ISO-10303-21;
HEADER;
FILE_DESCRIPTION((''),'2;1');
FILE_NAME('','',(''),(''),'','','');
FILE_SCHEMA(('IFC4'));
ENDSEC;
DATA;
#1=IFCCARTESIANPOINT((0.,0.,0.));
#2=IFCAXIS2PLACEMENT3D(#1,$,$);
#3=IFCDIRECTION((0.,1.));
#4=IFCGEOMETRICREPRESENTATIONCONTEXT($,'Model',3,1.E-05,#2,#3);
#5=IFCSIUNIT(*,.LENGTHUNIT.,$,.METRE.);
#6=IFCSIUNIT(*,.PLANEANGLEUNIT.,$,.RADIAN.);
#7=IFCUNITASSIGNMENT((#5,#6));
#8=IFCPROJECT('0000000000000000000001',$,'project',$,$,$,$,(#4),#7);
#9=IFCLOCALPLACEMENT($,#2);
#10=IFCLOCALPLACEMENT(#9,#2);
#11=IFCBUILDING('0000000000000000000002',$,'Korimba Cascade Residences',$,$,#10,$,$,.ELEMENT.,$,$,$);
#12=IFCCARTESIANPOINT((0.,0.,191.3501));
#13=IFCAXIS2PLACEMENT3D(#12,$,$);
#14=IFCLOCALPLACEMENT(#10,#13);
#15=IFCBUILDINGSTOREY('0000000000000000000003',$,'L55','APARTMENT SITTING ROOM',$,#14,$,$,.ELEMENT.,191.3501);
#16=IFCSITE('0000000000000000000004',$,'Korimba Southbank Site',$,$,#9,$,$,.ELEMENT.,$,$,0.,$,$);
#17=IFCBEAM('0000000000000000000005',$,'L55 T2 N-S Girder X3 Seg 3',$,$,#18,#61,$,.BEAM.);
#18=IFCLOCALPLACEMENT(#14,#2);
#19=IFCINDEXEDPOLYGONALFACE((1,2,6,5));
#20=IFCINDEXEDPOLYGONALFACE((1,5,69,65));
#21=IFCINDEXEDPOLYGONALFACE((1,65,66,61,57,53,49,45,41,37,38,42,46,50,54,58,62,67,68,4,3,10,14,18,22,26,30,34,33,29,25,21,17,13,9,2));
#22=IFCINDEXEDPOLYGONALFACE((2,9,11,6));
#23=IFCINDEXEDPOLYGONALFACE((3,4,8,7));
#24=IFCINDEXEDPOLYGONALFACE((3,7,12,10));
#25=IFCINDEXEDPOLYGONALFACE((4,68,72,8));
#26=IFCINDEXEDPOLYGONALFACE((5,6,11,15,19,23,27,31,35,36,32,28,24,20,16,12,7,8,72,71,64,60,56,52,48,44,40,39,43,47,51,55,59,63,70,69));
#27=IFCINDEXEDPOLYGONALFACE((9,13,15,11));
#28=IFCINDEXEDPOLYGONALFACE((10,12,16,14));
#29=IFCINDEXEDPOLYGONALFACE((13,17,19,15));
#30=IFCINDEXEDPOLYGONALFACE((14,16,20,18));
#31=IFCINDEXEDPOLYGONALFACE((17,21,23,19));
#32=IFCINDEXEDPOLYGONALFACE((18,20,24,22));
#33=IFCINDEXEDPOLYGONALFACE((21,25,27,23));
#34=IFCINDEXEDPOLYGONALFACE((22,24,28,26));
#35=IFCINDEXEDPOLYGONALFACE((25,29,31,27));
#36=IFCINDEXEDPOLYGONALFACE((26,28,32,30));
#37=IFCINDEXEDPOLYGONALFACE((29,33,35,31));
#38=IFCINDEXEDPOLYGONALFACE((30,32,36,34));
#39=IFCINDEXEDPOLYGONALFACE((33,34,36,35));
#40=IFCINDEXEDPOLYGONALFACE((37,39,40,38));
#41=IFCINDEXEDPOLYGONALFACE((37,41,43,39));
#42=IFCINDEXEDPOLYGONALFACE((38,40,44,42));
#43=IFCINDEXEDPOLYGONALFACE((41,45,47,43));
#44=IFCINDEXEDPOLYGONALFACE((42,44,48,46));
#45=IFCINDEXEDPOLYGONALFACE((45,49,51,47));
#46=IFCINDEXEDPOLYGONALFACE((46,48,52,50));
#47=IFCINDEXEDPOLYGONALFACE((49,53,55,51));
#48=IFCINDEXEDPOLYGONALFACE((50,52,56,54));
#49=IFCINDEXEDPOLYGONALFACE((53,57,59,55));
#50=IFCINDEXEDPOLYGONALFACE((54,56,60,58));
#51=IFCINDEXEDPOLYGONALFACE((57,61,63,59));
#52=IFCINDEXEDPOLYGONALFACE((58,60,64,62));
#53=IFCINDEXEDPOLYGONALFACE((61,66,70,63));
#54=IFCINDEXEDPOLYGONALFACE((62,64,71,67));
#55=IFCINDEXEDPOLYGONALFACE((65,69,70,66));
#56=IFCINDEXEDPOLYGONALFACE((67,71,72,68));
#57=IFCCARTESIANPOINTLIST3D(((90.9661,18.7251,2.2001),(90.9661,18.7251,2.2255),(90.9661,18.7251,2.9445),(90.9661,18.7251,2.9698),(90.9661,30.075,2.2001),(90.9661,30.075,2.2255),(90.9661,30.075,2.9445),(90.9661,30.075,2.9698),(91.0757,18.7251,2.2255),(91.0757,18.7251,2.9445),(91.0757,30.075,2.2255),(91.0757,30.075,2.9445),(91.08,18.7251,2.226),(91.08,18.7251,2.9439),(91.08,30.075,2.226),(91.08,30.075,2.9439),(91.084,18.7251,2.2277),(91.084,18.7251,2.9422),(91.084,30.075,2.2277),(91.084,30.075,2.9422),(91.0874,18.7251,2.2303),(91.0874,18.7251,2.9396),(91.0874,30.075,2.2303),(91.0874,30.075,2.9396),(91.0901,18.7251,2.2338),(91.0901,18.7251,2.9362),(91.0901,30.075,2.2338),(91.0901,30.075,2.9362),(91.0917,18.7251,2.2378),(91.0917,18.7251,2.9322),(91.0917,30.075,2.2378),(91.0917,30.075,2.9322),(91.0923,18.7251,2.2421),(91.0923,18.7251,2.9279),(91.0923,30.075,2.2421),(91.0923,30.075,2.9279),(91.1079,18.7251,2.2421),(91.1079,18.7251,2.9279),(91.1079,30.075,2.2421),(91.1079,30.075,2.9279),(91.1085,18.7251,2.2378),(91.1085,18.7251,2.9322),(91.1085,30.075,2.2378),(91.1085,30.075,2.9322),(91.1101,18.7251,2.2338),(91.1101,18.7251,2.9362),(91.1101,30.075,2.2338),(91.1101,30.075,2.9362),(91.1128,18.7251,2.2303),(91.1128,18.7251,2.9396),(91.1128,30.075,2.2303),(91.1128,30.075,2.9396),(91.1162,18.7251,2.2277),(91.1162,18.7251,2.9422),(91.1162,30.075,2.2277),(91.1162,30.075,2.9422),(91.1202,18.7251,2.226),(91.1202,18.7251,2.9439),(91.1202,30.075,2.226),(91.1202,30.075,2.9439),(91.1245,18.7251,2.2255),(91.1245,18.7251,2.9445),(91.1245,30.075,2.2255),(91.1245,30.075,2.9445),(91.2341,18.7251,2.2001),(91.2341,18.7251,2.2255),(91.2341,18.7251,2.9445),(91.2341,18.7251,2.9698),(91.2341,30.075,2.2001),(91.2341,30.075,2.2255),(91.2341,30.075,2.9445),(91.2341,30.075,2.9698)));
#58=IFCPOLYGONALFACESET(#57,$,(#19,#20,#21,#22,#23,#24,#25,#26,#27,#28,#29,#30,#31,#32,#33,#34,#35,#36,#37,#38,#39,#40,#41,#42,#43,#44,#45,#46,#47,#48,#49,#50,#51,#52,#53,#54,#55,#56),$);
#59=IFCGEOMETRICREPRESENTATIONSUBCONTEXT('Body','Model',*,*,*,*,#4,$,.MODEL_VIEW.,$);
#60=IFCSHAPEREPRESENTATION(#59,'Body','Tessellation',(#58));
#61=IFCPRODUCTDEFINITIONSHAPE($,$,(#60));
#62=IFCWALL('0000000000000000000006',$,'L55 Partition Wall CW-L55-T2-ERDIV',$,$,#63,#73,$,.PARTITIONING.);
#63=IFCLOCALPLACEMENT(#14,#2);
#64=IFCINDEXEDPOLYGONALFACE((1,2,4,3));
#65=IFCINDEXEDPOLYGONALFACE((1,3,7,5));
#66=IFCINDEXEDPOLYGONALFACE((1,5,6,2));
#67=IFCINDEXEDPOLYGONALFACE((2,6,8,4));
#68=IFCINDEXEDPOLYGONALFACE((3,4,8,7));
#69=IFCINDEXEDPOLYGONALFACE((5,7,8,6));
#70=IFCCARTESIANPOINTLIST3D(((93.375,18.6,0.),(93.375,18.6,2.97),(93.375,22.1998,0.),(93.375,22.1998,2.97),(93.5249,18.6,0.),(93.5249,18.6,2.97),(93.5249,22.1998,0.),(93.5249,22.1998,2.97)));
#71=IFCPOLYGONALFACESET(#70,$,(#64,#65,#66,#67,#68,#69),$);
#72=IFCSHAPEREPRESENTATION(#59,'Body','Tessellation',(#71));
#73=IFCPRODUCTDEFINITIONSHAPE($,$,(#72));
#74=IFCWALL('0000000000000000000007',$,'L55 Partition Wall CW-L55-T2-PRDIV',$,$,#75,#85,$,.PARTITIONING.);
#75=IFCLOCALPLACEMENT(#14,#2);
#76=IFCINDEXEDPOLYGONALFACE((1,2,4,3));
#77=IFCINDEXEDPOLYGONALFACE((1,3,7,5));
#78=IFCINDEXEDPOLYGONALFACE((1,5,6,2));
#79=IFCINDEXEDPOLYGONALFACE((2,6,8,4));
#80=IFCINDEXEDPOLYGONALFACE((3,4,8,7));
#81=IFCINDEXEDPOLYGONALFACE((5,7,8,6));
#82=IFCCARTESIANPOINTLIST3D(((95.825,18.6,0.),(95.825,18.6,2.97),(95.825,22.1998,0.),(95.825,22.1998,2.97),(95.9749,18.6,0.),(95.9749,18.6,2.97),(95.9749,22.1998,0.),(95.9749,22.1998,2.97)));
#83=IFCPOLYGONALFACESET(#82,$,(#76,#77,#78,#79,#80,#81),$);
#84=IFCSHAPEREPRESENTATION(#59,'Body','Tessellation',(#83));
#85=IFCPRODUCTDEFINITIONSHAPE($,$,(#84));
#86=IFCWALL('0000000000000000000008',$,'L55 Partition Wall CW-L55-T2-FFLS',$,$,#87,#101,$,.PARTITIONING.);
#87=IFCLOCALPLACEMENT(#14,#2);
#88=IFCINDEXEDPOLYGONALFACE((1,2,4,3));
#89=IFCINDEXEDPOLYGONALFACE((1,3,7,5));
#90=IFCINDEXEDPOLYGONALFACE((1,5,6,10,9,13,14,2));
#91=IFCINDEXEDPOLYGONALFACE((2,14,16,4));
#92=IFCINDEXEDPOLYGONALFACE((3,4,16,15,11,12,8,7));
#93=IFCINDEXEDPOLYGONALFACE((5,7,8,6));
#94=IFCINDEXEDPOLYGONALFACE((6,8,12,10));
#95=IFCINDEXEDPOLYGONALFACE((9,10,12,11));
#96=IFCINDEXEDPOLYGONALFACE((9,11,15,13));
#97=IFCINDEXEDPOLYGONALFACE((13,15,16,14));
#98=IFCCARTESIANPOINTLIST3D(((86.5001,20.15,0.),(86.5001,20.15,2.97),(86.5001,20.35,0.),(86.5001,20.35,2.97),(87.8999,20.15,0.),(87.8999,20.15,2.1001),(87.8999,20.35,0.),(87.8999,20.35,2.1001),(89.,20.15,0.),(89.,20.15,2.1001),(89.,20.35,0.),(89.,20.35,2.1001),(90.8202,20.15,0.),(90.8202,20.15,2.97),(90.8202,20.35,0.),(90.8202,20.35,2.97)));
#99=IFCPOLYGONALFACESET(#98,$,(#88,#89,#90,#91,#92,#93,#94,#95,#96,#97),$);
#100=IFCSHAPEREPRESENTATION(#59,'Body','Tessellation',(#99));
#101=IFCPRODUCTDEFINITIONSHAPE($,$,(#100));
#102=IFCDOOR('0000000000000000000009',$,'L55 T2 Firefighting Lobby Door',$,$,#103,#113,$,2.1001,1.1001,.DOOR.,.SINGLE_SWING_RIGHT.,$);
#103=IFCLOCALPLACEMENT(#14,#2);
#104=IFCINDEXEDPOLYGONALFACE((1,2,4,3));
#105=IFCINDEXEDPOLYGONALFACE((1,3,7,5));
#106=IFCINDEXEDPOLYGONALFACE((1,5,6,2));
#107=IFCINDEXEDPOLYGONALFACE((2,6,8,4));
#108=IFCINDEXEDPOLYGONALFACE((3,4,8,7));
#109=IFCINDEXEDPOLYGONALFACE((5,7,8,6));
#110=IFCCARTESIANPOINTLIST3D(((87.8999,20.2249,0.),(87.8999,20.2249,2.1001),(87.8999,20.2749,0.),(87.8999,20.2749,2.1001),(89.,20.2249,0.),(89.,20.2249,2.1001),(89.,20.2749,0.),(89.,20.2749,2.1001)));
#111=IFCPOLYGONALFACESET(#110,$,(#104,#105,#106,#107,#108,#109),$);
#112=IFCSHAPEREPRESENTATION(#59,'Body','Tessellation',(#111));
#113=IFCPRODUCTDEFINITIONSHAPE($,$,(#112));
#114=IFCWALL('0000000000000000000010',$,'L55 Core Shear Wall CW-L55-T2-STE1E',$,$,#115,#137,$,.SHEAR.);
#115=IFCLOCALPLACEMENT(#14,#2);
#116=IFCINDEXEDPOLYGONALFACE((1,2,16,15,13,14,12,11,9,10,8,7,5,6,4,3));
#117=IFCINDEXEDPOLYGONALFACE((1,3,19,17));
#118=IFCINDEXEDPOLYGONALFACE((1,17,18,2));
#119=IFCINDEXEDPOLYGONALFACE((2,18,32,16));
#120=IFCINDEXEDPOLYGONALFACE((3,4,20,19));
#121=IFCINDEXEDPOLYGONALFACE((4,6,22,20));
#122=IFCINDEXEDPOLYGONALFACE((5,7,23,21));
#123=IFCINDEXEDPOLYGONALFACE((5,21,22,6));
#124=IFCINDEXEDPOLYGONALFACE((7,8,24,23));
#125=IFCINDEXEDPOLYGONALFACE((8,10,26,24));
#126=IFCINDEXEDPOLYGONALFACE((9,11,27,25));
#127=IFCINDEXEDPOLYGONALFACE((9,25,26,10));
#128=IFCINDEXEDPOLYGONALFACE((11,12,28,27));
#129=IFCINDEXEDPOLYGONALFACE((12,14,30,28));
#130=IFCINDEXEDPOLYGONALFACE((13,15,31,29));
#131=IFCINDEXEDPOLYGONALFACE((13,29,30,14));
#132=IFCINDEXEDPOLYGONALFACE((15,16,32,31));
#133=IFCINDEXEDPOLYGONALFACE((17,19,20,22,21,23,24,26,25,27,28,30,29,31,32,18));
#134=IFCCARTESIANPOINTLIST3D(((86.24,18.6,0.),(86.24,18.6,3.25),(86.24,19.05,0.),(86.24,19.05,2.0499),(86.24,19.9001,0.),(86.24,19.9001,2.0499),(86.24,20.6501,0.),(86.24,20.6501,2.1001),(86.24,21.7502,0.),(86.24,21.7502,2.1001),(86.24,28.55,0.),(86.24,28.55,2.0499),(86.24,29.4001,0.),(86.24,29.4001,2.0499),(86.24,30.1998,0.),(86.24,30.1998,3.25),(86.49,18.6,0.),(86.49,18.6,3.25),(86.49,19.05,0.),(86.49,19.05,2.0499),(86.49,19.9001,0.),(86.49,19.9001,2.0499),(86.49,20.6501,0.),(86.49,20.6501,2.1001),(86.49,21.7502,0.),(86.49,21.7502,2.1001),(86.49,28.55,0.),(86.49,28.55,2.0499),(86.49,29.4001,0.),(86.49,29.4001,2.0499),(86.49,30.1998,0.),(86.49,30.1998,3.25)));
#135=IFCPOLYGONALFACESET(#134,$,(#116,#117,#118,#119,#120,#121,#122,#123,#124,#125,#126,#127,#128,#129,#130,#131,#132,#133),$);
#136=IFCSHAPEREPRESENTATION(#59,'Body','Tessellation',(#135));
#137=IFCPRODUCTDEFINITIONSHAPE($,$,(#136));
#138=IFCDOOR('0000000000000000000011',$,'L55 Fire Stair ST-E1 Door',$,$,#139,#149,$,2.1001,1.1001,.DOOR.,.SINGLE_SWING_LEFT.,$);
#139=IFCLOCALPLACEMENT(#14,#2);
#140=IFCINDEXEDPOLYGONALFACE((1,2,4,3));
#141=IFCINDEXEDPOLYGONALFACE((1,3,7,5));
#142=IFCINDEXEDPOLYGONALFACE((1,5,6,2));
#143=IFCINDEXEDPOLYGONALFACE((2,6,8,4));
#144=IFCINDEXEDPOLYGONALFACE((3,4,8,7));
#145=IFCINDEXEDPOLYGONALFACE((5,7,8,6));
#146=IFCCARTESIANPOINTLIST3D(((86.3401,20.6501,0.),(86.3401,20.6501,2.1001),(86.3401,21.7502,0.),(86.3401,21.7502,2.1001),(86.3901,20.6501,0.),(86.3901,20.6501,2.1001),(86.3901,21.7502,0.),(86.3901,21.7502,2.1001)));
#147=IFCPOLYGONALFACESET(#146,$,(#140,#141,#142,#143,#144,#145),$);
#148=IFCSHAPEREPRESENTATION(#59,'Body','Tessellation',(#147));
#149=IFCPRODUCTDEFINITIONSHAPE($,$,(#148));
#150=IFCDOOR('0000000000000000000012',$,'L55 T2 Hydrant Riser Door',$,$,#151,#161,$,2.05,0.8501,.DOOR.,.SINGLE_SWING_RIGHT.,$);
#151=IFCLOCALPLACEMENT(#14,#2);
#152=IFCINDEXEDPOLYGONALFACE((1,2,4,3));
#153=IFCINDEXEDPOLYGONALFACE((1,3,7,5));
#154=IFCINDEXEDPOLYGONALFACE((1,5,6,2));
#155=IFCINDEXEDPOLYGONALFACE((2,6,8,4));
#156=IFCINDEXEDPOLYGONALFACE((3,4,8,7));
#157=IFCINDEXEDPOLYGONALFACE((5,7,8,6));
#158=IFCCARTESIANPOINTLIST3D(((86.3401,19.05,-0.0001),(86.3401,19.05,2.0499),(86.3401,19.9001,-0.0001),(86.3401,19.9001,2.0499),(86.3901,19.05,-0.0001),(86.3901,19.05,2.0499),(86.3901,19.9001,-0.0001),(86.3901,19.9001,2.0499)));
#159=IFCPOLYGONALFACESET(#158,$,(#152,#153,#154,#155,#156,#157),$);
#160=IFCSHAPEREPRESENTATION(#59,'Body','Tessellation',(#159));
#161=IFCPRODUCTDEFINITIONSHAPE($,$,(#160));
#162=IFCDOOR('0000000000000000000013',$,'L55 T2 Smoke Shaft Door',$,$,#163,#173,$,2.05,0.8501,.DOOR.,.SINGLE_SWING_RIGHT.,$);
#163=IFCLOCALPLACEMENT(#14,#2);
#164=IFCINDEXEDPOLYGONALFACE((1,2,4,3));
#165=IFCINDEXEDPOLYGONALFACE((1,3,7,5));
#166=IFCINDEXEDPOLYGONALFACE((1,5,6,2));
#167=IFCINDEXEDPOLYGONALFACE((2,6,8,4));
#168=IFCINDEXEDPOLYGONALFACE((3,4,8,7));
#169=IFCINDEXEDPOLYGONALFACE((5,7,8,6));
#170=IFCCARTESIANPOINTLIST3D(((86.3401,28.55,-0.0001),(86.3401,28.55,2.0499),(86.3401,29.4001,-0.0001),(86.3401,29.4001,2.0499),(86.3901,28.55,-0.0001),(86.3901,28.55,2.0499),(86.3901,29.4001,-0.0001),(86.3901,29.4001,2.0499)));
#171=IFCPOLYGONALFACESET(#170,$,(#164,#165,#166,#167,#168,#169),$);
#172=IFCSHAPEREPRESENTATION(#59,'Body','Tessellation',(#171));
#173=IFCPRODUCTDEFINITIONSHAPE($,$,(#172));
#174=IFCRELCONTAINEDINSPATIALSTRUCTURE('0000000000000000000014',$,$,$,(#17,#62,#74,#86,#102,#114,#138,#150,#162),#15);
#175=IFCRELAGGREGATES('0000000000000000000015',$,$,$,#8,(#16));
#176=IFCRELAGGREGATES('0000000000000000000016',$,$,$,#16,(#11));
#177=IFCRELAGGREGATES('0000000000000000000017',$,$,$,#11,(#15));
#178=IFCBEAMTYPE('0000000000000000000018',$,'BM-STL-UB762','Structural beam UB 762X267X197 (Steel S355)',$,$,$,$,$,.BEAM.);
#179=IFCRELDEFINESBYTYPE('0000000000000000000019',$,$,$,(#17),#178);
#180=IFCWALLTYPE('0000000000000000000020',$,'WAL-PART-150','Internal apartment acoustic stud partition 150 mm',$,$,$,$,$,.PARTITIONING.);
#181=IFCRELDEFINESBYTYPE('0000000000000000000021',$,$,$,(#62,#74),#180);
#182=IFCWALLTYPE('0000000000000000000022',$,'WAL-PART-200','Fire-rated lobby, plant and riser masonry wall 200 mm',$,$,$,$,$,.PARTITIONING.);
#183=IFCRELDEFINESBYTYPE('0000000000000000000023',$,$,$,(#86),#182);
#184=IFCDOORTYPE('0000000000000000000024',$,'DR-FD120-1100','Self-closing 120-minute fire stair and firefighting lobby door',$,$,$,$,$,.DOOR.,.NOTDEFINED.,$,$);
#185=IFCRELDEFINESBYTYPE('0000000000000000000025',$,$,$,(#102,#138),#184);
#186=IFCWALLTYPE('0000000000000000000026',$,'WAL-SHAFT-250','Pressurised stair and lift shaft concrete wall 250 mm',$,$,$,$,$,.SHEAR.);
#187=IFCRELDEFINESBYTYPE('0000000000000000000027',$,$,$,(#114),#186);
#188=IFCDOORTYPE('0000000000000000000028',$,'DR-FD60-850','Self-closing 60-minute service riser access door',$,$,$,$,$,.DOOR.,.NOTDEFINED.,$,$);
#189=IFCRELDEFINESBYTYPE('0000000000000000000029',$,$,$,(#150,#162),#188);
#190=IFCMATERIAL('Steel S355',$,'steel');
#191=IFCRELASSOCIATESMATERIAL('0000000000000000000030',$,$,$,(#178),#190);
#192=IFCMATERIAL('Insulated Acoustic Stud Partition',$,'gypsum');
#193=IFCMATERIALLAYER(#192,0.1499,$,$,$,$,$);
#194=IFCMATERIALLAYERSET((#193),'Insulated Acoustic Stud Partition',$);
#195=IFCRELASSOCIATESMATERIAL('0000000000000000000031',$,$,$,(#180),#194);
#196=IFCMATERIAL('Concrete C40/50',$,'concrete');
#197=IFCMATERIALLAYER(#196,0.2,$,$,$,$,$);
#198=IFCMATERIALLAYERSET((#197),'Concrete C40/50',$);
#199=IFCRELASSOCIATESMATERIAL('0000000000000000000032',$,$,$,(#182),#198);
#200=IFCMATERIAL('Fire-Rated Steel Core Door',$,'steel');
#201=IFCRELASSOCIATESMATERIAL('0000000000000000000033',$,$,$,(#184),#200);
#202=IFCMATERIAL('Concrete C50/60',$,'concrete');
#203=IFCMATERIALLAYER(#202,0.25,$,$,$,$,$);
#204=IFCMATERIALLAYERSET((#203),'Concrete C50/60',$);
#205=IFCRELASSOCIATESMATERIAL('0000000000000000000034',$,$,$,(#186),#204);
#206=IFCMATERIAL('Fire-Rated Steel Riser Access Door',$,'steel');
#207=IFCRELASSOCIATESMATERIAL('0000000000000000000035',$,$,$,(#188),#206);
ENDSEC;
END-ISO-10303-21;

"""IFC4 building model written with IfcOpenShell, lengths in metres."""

from ifc_helpers import new_model, si_unit, direction, frame, frame_2d, origin, origin_2d, place, context, subcontext, project, spatial, rectangle, i_section, extrude, material, layer, layer_set, material_profile, profile_set, type_object, element, fill, save


model = new_model("IFC4")

# Units and contexts
model_context = context("Model", 3, precision=1e-05, world=origin(), true_north=direction((0.0, 1.0)))
body_context = subcontext(model_context, "Body", "Model", "MODEL_VIEW")
ifc_project = project(units=[si_unit("LENGTHUNIT", "METRE"), si_unit("PLANEANGLEUNIT", "RADIAN")], contexts=[model_context])

# Site, building, storey
site_placement = place(None, origin())
site = spatial("IfcSite", under=ifc_project, at=site_placement, Name="Korimba Southbank Site", CompositionType="ELEMENT", RefElevation=0.0)
building_placement = place(site_placement, origin())
building = spatial("IfcBuilding", under=site, at=building_placement, Name="Korimba Cascade Residences", CompositionType="ELEMENT")
storey_placement = place(building_placement, frame((0.0, 0.0, 191.3501)))
storey = spatial("IfcBuildingStorey", under=building, at=storey_placement, Name="L55", Description="APARTMENT SITTING ROOM", CompositionType="ELEMENT", Elevation=191.3501)

# Beam
ifc_material_1 = material(Name="Steel S355", Category="steel")
ifc_material_profile = material_profile(ifc_material_1, i_section(OverallWidth=0.2681, OverallDepth=0.7698, WebThickness=0.0156, FlangeThickness=0.0254, FilletRadius=0.0166, at=origin_2d()), Name="Steel S355")
ifc_profile_set = profile_set([ifc_material_profile], Name="Steel S355")
beam_type = type_object("IfcBeamType", Name="BM-STL-UB762", Description="Structural beam UB 762X267X197 (Steel S355)", PredefinedType="BEAM", material=ifc_profile_set)
beam_placement = place(storey_placement, frame((91.1001, 18.7251, 2.585), z_axis=(0.0, 1.0, 0.0), x_axis=(-1.0, 0.0, 0.0)))
element("IfcBeam", 1, at=beam_placement, inside=storey, type_object=beam_type, Name="L55 T2 N-S Girder X3 Seg 3", PredefinedType="BEAM", context=body_context, shape_type="SweptSolid", body=[
    extrude(i_section(OverallWidth=0.2681, OverallDepth=0.7698, WebThickness=0.0156, FlangeThickness=0.0254, FilletRadius=0.0166, at=origin_2d()), origin(), (0.0, 0.0, 1.0), 11.3499),
])

# Walls
ifc_material_2 = material(Name="Insulated Acoustic Stud Partition", Category="gypsum")
ifc_layer_1 = layer(ifc_material_2, 0.1499)
ifc_layer_set_1 = layer_set([ifc_layer_1], Name="Insulated Acoustic Stud Partition")
wall_type_1 = type_object("IfcWallType", Name="WAL-PART-150", Description="Internal apartment acoustic stud partition 150 mm", PredefinedType="PARTITIONING", material=ifc_layer_set_1)
for number, where, z_axis, x_axis, name in (
    (2, (93.45, 18.6001, 0.0), (0.0, 0.0, 1.0), (0.0, 1.0, 0.0), "L55 Partition Wall CW-L55-T2-ERDIV"),
    (3, (95.8999, 18.6001, 0.0), (0.0, 0.0, 1.0), (0.0, 1.0, 0.0), "L55 Partition Wall CW-L55-T2-PRDIV"),
):
    element("IfcWall", number, at=place(storey_placement, frame(where, z_axis=z_axis, x_axis=x_axis)), inside=storey, type_object=wall_type_1, Name=name, PredefinedType="PARTITIONING", context=body_context, shape_type="SweptSolid", body=[
        extrude(rectangle(XDim=3.5999, YDim=0.1499, at=frame_2d((1.7998, 0.0))), origin(), (0.0, 0.0, 1.0), 2.97),
    ])

# Wall, opening, door
ifc_material_3 = material(Name="Concrete C40/50", Category="concrete")
ifc_layer_2 = layer(ifc_material_3, 0.2)
ifc_layer_set_2 = layer_set([ifc_layer_2], Name="Concrete C40/50")
wall_type_2 = type_object("IfcWallType", Name="WAL-PART-200", Description="Fire-rated lobby, plant and riser masonry wall 200 mm", PredefinedType="PARTITIONING", material=ifc_layer_set_2)
wall_1_placement = place(storey_placement, frame((86.5, 20.25, 0.0), z_axis=(0.0, 0.0, 1.0), x_axis=(1.0, 0.0, 0.0)))
wall_1 = element("IfcWall", 4, at=wall_1_placement, inside=storey, type_object=wall_type_2, Name="L55 Partition Wall CW-L55-T2-FFLS", PredefinedType="PARTITIONING", context=body_context, shape_type="SweptSolid", body=[
    extrude(rectangle(XDim=4.3201, YDim=0.2, at=frame_2d((2.1602, 0.0))), origin(), (0.0, 0.0, 1.0), 2.97),
])
opening_1_placement = place(wall_1_placement, frame((1.3999, 0.0, 0.0)))
opening_1 = element("IfcOpeningElement", 5, at=opening_1_placement, cuts=wall_1, PredefinedType="OPENING", context=body_context, shape_type="SweptSolid", body=[
    extrude(rectangle(XDim=1.1001, YDim=2.1001, at=frame_2d((0.55, 1.05))), frame((0.0, 0.1099, 0.0), z_axis=(0.0, -1.0, 0.0), x_axis=(1.0, 0.0, 0.0)), (0.0, 0.0, 1.0), 0.22),
])
ifc_material_4 = material(Name="Fire-Rated Steel Core Door", Category="steel")
door_type_1 = type_object("IfcDoorType", Name="DR-FD120-1100", Description="Self-closing 120-minute fire stair and firefighting lobby door", OperationType="NOTDEFINED", PredefinedType="DOOR", material=ifc_material_4)
door_1_placement = place(opening_1_placement, origin())
door_1 = element("IfcDoor", 6, at=door_1_placement, inside=storey, type_object=door_type_1, Name="L55 T2 Firefighting Lobby Door", OperationType="SINGLE_SWING_RIGHT", OverallHeight=2.1001, OverallWidth=1.1001, PredefinedType="DOOR", context=body_context, shape_type="SweptSolid", body=[
    extrude(rectangle(XDim=1.1001, YDim=2.1001, at=frame_2d((0.55, 1.05))), frame((0.0, 0.0249, 0.0), z_axis=(0.0, -1.0, 0.0), x_axis=(1.0, 0.0, 0.0)), (0.0, 0.0, 1.0), 0.05),
])
fill(opening_1, door_1)

# Wall, openings, doors
ifc_material_5 = material(Name="Concrete C50/60", Category="concrete")
ifc_layer_3 = layer(ifc_material_5, 0.25)
ifc_layer_set_3 = layer_set([ifc_layer_3], Name="Concrete C50/60")
wall_type_3 = type_object("IfcWallType", Name="WAL-SHAFT-250", Description="Pressurised stair and lift shaft concrete wall 250 mm", PredefinedType="SHEAR", material=ifc_layer_set_3)
wall_2_placement = place(storey_placement, frame((86.365, 18.6001, 0.0), z_axis=(0.0, 0.0, 1.0), x_axis=(0.0, 1.0, 0.0)))
wall_2 = element("IfcWall", 7, at=wall_2_placement, inside=storey, type_object=wall_type_3, Name="L55 Core Shear Wall CW-L55-T2-STE1E", PredefinedType="SHEAR", context=body_context, shape_type="SweptSolid", body=[
    extrude(rectangle(XDim=11.5999, YDim=0.25, at=frame_2d((5.7998, 0.0))), origin(), (0.0, 0.0, 1.0), 3.25),
])
opening_2_placement = place(wall_2_placement, frame((0.45, 0.0, 0.0)))
opening_2 = element("IfcOpeningElement", 8, at=opening_2_placement, cuts=wall_2, PredefinedType="OPENING", context=body_context, shape_type="SweptSolid", body=[
    extrude(rectangle(XDim=0.8501, YDim=2.05, at=frame_2d((0.425, 1.0249))), frame((0.0, 0.135, 0.0), z_axis=(0.0, -1.0, 0.0), x_axis=(1.0, 0.0, 0.0)), (0.0, 0.0, 1.0), 0.27),
])
opening_3_placement = place(wall_2_placement, frame((2.05, 0.0, 0.0)))
opening_3 = element("IfcOpeningElement", 9, at=opening_3_placement, cuts=wall_2, PredefinedType="OPENING", context=body_context, shape_type="SweptSolid", body=[
    extrude(rectangle(XDim=1.1001, YDim=2.1001, at=frame_2d((0.55, 1.05))), frame((0.0, 0.135, 0.0), z_axis=(0.0, -1.0, 0.0), x_axis=(1.0, 0.0, 0.0)), (0.0, 0.0, 1.0), 0.27),
])
opening_4_placement = place(wall_2_placement, frame((9.95, 0.0, 0.0)))
opening_4 = element("IfcOpeningElement", 10, at=opening_4_placement, cuts=wall_2, PredefinedType="OPENING", context=body_context, shape_type="SweptSolid", body=[
    extrude(rectangle(XDim=0.8501, YDim=2.05, at=frame_2d((0.425, 1.0249))), frame((0.0, 0.135, 0.0), z_axis=(0.0, -1.0, 0.0), x_axis=(1.0, 0.0, 0.0)), (0.0, 0.0, 1.0), 0.27),
])
door_2_placement = place(opening_3_placement, origin())
door_2 = element("IfcDoor", 11, at=door_2_placement, inside=storey, type_object=door_type_1, Name="L55 Fire Stair ST-E1 Door", OperationType="SINGLE_SWING_LEFT", OverallHeight=2.1001, OverallWidth=1.1001, PredefinedType="DOOR", context=body_context, shape_type="SweptSolid", body=[
    extrude(rectangle(XDim=1.1001, YDim=2.1001, at=frame_2d((0.55, 1.05))), frame((0.0, 0.0249, 0.0), z_axis=(0.0, -1.0, 0.0), x_axis=(1.0, 0.0, 0.0)), (0.0, 0.0, 1.0), 0.05),
])
fill(opening_3, door_2)
ifc_material_6 = material(Name="Fire-Rated Steel Riser Access Door", Category="steel")
door_type_2 = type_object("IfcDoorType", Name="DR-FD60-850", Description="Self-closing 60-minute service riser access door", OperationType="NOTDEFINED", PredefinedType="DOOR", material=ifc_material_6)
door_3_placement = place(opening_2_placement, origin())
door_3 = element("IfcDoor", 12, at=door_3_placement, inside=storey, type_object=door_type_2, Name="L55 T2 Hydrant Riser Door", OperationType="SINGLE_SWING_RIGHT", OverallHeight=2.05, OverallWidth=0.8501, PredefinedType="DOOR", context=body_context, shape_type="SweptSolid", body=[
    extrude(rectangle(XDim=0.8501, YDim=2.05, at=frame_2d((0.425, 1.0249))), frame((0.0, 0.0249, 0.0), z_axis=(0.0, -1.0, 0.0), x_axis=(1.0, 0.0, 0.0)), (0.0, 0.0, 1.0), 0.05),
])
fill(opening_2, door_3)
door_4_placement = place(opening_4_placement, origin())
door_4 = element("IfcDoor", 13, at=door_4_placement, inside=storey, type_object=door_type_2, Name="L55 T2 Smoke Shaft Door", OperationType="SINGLE_SWING_RIGHT", OverallHeight=2.05, OverallWidth=0.8501, PredefinedType="DOOR", context=body_context, shape_type="SweptSolid", body=[
    extrude(rectangle(XDim=0.8501, YDim=2.05, at=frame_2d((0.425, 1.0249))), frame((0.0, 0.0249, 0.0), z_axis=(0.0, -1.0, 0.0), x_axis=(1.0, 0.0, 0.0)), (0.0, 0.0, 1.0), 0.05),
])
fill(opening_4, door_4)

save(model, "model.ifc")
